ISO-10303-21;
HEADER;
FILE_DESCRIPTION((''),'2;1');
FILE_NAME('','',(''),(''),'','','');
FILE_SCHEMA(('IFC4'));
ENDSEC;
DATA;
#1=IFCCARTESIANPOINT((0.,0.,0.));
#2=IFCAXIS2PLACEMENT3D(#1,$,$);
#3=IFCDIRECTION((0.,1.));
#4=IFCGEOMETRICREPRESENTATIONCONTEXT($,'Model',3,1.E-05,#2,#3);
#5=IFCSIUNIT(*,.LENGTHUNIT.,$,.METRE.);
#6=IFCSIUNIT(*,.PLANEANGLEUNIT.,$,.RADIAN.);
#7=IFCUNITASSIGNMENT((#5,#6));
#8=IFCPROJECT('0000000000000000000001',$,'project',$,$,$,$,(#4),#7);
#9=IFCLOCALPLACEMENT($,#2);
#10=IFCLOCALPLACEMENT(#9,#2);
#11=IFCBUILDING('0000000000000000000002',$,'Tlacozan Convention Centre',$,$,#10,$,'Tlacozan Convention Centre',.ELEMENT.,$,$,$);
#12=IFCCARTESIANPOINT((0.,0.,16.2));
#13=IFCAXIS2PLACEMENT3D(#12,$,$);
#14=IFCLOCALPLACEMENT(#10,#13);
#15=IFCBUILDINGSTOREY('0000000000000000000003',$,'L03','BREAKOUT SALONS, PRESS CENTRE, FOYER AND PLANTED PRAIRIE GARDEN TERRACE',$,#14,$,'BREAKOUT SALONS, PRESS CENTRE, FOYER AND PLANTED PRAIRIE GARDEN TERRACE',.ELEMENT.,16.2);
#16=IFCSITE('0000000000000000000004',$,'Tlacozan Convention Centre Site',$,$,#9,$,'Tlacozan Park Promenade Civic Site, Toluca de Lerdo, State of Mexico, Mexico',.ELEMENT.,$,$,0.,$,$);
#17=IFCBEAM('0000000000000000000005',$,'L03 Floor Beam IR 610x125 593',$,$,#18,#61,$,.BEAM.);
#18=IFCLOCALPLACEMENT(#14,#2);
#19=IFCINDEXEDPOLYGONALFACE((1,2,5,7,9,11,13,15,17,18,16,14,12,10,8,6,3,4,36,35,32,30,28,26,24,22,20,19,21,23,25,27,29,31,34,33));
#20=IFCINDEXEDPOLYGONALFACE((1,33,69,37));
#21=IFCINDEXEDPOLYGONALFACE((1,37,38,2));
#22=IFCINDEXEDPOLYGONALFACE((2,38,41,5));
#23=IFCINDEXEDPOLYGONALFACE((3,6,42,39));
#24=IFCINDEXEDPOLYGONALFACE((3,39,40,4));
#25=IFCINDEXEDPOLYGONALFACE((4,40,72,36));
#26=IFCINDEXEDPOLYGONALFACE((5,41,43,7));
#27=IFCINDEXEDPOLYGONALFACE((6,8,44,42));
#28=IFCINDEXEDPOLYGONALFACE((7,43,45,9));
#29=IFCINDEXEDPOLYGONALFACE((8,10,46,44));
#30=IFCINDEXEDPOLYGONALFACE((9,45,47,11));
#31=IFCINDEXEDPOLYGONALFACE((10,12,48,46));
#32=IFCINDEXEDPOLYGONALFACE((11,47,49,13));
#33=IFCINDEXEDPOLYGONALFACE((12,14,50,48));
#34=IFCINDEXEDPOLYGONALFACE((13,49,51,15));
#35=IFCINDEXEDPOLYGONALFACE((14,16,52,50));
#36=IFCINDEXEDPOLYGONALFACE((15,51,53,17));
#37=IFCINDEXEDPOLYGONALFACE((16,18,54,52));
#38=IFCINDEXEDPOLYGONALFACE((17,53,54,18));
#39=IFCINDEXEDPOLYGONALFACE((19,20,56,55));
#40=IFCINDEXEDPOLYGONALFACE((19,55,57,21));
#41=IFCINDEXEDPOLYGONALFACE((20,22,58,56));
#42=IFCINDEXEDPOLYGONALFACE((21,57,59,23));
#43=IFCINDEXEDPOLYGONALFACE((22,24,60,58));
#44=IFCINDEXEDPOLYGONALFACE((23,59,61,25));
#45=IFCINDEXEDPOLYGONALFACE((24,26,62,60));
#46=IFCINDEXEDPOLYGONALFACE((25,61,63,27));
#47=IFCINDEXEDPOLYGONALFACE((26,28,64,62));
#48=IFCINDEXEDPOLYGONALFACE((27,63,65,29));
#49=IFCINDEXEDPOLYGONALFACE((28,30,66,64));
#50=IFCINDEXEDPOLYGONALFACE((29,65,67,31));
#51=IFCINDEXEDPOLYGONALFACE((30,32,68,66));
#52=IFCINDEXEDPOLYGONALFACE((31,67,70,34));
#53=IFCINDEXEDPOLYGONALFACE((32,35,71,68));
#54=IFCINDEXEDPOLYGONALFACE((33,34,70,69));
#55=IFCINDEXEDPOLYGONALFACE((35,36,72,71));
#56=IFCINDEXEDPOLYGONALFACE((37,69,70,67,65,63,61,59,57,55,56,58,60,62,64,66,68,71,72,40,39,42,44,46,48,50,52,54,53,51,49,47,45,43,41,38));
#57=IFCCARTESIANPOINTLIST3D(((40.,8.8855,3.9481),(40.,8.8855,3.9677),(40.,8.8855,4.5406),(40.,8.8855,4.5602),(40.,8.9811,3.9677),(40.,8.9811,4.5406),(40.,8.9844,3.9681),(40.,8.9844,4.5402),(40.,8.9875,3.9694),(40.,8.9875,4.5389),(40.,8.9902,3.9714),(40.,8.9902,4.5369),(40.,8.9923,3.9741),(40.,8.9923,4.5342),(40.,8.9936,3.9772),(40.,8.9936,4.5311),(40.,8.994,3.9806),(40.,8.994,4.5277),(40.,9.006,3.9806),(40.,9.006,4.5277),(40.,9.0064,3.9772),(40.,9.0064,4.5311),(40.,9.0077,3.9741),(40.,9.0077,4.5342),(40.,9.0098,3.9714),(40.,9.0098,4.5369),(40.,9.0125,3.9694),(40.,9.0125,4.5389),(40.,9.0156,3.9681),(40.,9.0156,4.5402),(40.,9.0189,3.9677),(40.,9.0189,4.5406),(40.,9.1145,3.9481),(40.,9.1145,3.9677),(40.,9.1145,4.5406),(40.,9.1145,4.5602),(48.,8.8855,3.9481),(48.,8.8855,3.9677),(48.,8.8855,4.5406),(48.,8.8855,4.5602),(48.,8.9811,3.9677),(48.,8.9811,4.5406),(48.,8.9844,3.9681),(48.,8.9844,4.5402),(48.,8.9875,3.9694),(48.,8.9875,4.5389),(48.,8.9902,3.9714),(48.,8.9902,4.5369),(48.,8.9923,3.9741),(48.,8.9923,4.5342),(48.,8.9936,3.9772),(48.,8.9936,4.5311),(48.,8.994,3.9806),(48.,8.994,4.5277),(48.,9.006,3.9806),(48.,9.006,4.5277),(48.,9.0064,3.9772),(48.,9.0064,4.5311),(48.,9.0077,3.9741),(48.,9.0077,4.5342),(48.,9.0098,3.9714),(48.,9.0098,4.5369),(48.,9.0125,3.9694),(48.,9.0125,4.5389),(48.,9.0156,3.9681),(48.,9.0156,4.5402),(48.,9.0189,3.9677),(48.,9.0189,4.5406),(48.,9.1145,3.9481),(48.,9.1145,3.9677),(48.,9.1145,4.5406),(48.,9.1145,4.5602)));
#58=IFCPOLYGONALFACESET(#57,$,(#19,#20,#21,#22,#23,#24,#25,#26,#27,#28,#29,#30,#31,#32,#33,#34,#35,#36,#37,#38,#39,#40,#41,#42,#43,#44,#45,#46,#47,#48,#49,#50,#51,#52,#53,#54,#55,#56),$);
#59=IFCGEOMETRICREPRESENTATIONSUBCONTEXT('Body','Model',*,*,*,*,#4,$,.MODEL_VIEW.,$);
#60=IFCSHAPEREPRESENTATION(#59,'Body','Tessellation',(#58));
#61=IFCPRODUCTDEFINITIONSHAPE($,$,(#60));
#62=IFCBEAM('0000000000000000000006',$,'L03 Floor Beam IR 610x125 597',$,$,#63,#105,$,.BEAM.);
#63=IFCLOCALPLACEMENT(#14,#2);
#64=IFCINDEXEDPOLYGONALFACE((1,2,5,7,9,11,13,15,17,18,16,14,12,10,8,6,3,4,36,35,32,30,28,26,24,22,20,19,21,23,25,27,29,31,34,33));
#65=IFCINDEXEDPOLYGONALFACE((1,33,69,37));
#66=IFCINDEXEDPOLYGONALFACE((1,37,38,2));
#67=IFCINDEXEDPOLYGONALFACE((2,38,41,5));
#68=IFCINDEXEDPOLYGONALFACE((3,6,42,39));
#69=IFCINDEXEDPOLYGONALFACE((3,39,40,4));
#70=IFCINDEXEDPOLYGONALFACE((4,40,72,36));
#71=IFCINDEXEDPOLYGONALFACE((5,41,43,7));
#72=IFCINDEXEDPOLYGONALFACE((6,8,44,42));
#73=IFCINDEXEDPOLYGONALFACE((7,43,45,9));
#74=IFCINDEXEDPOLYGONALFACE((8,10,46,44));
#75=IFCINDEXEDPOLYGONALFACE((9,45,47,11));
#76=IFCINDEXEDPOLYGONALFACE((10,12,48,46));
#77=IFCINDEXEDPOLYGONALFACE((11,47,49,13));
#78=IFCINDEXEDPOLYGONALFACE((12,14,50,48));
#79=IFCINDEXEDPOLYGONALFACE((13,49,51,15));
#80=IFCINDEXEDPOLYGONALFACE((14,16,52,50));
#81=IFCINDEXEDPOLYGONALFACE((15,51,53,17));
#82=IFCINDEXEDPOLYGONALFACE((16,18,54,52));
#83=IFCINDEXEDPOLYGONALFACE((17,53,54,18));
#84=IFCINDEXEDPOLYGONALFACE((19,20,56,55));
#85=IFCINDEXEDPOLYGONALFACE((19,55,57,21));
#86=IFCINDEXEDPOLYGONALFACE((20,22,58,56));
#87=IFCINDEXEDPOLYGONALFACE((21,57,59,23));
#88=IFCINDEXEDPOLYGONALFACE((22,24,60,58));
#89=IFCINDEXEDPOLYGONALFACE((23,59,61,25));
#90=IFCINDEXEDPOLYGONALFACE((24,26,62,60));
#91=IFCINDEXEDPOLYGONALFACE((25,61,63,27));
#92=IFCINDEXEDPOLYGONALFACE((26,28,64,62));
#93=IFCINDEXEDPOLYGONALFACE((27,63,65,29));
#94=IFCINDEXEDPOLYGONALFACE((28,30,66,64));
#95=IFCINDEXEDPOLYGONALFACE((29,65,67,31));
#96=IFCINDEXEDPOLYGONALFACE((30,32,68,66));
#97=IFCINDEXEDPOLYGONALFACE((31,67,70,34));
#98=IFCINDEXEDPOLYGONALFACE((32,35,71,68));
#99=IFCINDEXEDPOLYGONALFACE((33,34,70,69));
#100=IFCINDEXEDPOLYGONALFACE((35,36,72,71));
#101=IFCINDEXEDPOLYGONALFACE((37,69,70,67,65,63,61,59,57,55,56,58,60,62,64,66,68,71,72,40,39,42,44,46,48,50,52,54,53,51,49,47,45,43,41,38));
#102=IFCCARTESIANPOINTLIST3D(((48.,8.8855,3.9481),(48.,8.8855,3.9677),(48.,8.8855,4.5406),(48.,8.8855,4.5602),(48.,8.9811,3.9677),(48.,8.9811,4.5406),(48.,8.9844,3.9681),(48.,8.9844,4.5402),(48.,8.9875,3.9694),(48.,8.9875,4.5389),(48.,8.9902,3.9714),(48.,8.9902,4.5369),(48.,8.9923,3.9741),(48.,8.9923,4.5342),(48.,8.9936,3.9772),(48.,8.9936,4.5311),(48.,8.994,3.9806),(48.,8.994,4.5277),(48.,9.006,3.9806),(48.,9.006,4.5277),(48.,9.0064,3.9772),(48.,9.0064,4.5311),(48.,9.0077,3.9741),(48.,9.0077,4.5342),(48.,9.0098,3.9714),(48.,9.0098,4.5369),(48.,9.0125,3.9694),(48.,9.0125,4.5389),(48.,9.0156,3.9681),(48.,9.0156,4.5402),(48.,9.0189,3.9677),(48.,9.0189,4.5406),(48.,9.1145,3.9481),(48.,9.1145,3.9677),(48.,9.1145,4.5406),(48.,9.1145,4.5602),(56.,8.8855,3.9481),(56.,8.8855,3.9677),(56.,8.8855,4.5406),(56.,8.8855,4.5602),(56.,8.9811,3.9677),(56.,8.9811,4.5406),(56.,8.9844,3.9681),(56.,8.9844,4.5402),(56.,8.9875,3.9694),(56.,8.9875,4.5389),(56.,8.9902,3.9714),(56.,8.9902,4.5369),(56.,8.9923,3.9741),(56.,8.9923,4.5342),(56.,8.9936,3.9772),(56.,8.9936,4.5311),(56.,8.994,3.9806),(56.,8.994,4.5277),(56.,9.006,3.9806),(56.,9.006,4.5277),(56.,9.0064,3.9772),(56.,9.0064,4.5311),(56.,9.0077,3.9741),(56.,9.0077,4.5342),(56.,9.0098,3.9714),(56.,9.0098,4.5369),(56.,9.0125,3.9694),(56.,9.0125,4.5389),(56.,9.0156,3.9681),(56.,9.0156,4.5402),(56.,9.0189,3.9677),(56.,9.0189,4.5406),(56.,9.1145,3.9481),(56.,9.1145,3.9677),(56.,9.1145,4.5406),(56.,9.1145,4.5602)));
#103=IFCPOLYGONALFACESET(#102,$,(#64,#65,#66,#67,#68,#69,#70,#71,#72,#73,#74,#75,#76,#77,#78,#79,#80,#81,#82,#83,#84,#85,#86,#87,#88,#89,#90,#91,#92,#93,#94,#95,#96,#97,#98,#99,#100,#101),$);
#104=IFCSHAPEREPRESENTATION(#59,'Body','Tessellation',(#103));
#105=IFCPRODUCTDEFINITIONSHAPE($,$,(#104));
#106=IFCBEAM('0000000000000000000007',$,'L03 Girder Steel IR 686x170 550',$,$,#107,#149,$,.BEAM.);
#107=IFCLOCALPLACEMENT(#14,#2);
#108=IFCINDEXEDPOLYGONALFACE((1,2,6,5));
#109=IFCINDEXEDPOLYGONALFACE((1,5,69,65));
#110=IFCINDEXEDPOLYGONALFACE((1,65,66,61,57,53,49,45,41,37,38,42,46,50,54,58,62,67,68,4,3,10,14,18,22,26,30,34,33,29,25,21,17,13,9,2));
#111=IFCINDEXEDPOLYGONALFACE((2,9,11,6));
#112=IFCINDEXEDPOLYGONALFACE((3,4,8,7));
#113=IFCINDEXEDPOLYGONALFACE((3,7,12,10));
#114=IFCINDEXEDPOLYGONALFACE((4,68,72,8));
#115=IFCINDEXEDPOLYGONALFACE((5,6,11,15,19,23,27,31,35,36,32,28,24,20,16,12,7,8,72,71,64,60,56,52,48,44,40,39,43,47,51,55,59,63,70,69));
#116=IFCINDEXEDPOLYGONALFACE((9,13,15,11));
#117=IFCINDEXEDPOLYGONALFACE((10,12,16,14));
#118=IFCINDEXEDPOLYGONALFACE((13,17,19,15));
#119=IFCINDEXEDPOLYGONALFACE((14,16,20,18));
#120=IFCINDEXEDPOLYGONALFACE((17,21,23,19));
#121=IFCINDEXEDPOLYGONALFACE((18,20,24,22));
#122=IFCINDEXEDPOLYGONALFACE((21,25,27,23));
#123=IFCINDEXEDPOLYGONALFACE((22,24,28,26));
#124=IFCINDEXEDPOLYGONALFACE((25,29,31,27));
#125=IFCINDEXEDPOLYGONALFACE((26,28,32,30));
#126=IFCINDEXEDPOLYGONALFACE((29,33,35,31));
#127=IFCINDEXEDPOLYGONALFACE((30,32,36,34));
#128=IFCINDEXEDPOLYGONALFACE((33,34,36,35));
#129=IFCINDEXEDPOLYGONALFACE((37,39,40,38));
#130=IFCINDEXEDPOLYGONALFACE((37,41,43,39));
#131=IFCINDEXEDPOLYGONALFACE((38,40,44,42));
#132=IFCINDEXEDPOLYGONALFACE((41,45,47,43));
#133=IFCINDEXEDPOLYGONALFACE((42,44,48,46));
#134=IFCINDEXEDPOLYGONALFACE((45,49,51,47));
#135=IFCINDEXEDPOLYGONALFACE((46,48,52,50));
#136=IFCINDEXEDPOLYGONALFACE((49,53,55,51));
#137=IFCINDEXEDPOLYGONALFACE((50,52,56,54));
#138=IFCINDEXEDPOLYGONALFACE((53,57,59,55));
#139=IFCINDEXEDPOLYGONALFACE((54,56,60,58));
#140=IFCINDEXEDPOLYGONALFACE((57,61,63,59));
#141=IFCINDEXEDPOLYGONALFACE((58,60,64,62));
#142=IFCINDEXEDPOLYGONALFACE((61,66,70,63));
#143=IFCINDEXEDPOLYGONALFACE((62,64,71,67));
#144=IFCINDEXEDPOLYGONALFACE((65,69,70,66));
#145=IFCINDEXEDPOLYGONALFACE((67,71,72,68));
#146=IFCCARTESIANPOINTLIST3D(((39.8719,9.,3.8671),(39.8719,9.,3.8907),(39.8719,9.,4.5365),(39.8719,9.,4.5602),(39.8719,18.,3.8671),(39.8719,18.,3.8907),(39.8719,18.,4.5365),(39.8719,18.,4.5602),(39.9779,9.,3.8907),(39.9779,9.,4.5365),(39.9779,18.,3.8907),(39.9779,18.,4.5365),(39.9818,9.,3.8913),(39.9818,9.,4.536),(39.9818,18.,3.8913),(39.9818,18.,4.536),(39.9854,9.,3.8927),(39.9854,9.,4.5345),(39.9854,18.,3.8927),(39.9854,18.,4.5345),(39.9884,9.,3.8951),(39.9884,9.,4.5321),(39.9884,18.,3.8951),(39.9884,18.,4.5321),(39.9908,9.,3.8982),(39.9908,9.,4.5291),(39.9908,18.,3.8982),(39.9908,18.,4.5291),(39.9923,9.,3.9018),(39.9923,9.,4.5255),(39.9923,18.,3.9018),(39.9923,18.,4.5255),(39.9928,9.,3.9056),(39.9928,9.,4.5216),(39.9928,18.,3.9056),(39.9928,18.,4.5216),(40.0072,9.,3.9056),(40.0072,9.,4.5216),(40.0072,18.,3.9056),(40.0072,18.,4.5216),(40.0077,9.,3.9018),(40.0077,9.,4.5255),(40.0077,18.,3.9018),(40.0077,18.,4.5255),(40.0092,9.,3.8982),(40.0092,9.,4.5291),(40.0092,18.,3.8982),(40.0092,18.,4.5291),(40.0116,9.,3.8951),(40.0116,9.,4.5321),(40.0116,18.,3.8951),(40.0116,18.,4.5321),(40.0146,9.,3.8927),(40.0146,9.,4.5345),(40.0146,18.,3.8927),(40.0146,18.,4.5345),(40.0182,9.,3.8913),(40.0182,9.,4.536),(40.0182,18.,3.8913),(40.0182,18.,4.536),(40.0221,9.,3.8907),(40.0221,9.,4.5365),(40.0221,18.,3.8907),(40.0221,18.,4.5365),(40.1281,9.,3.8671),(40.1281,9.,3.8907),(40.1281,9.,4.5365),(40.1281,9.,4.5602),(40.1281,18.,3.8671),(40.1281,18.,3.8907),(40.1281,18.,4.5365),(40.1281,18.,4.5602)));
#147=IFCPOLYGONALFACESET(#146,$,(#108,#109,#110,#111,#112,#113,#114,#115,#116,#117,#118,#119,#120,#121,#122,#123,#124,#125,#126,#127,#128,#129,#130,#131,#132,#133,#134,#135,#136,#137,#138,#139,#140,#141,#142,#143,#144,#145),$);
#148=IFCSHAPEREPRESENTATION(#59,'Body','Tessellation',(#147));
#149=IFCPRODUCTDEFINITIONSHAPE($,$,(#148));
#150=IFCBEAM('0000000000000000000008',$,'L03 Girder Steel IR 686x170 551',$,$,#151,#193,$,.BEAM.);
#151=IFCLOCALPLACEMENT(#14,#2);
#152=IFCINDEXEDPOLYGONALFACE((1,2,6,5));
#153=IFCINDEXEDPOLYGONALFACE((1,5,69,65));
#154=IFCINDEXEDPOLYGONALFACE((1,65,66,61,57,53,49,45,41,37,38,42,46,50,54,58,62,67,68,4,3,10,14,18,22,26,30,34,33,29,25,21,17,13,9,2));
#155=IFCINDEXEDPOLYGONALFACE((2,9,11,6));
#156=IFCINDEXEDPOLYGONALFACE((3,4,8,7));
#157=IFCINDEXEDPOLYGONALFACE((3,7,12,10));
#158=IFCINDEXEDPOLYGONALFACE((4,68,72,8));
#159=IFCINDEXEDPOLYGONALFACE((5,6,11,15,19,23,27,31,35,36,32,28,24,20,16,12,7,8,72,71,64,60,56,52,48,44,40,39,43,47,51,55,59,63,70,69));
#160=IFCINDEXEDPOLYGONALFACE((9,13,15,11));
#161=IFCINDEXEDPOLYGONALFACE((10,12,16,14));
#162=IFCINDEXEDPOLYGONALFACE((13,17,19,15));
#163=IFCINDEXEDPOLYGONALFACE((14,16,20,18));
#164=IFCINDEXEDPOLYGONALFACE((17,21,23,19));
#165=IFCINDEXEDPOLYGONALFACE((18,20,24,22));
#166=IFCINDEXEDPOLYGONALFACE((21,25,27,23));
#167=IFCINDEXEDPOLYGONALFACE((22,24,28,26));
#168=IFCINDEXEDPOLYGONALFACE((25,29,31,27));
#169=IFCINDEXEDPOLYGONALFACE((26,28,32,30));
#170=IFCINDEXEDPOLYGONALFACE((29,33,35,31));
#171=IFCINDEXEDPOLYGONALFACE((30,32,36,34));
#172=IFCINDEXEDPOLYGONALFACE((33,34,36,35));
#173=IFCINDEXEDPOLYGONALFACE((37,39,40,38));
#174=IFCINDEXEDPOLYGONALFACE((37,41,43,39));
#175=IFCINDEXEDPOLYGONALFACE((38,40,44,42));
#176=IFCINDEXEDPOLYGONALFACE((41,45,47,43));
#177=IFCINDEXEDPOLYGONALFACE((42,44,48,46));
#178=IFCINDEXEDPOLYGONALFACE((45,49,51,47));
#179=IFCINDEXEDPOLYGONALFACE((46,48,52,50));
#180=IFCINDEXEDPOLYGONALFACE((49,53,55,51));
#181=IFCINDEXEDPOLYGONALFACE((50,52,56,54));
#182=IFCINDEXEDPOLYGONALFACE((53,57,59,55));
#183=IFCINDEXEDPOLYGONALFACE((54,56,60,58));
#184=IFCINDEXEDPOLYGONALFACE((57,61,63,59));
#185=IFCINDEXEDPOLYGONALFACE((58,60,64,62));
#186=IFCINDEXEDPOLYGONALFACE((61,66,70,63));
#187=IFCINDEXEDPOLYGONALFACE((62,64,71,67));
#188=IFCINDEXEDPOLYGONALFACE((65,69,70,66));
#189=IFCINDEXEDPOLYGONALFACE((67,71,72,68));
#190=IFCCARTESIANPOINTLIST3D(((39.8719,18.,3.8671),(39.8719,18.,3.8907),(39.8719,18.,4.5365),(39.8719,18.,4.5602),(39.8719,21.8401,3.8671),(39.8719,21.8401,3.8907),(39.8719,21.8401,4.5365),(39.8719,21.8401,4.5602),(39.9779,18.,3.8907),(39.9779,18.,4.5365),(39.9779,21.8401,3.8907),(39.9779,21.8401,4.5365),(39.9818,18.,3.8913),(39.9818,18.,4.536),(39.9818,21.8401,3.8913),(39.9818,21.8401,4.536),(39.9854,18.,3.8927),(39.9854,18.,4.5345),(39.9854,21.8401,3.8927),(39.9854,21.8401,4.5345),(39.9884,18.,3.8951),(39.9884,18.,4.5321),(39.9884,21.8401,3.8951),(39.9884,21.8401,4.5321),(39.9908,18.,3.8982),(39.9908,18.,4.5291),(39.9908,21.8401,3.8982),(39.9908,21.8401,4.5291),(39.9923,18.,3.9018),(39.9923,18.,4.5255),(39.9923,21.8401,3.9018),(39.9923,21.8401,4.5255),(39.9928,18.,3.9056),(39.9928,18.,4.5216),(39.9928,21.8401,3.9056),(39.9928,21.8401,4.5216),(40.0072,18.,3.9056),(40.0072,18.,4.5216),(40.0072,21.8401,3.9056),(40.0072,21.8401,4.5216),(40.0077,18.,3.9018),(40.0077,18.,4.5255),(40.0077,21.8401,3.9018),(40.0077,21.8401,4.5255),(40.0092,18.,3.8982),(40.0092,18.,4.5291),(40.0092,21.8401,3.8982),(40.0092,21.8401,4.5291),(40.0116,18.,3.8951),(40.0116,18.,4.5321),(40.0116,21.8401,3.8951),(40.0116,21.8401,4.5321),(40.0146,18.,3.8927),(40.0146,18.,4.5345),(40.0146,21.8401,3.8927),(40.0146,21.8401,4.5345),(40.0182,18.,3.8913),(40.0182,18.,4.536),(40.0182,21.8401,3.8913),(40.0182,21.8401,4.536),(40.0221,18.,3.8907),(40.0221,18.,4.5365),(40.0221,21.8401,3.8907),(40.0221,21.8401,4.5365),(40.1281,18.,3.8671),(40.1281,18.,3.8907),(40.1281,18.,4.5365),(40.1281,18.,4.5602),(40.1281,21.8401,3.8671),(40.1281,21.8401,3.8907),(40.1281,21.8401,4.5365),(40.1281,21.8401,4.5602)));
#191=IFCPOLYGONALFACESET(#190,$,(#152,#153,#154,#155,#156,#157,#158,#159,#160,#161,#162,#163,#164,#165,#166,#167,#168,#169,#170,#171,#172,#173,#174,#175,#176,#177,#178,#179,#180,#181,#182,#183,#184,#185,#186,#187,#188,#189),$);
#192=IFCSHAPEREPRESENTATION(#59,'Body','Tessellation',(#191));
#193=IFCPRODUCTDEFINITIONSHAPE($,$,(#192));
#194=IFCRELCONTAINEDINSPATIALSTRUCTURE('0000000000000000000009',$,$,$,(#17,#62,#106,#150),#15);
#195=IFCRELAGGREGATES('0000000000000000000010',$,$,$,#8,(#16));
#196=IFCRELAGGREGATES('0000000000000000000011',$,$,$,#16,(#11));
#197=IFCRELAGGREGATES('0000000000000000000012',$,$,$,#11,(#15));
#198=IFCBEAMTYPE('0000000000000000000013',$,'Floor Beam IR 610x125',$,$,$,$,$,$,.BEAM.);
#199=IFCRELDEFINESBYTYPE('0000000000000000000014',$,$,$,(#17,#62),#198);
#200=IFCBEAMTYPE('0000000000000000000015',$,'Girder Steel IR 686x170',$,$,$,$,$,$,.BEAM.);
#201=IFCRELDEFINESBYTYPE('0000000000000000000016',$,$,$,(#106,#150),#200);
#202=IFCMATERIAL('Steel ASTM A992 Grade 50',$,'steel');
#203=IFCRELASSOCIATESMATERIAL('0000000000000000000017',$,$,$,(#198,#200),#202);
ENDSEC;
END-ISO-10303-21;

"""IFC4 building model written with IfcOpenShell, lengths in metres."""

from ifc_helpers import new_model, si_unit, direction, frame, origin, origin_2d, place, context, subcontext, project, spatial, i_section, extrude, material, material_profile, profile_set, type_object, element, save


model = new_model("IFC4")

# Units and contexts
model_context = context("Model", 3, precision=1e-05, world=origin(), true_north=direction((0.0, 1.0)))
body_context = subcontext(model_context, "Body", "Model", "MODEL_VIEW")
ifc_project = project(units=[si_unit("LENGTHUNIT", "METRE"), si_unit("PLANEANGLEUNIT", "RADIAN")], contexts=[model_context])

# Site, building, storey
site_placement = place(None, origin())
site = spatial("IfcSite", under=ifc_project, at=site_placement, Name="Tlacozan Convention Centre Site", LongName="Tlacozan Park Promenade Civic Site, Toluca de Lerdo, State of Mexico, Mexico", CompositionType="ELEMENT", RefElevation=0.0)
building_placement = place(site_placement, origin())
building = spatial("IfcBuilding", under=site, at=building_placement, Name="Tlacozan Convention Centre", LongName="Tlacozan Convention Centre", CompositionType="ELEMENT")
storey_placement = place(building_placement, frame((0.0, 0.0, 16.2)))
storey = spatial("IfcBuildingStorey", under=building, at=storey_placement, Name="L03", Description="BREAKOUT SALONS, PRESS CENTRE, FOYER AND PLANTED PRAIRIE GARDEN TERRACE", LongName="BREAKOUT SALONS, PRESS CENTRE, FOYER AND PLANTED PRAIRIE GARDEN TERRACE", CompositionType="ELEMENT", Elevation=16.2)

# Beams
ifc_material_1 = material(Name="Steel ASTM A992 Grade 50", Category="steel")
ifc_material_profile_1 = material_profile(ifc_material_1, i_section(OverallWidth=0.229, OverallDepth=0.6121, WebThickness=0.012, FlangeThickness=0.0195, FilletRadius=0.0129, at=origin_2d()), Name="IR 610x125.0")
ifc_profile_set_1 = profile_set([ifc_material_profile_1], Name="Steel ASTM A992 Grade 50")
beam_type_1 = type_object("IfcBeamType", Name="Floor Beam IR 610x125", PredefinedType="BEAM", material=ifc_profile_set_1)
for number, where, z_axis, x_axis, name in (
    (1, (40.0, 9.0, 4.2542), (1.0, 0.0, 0.0), (0.0, 1.0, 0.0), "L03 Floor Beam IR 610x125 593"),
    (2, (48.0, 9.0, 4.2542), (1.0, 0.0, 0.0), (0.0, 1.0, 0.0), "L03 Floor Beam IR 610x125 597"),
):
    element("IfcBeam", number, at=place(storey_placement, frame(where, z_axis=z_axis, x_axis=x_axis)), inside=storey, type_object=beam_type_1, Name=name, PredefinedType="BEAM", context=body_context, shape_type="SweptSolid", body=[
        extrude(i_section(OverallWidth=0.229, OverallDepth=0.6121, WebThickness=0.012, FlangeThickness=0.0195, FilletRadius=0.0129, at=origin_2d()), origin(), (0.0, 0.0, 1.0), 8.0),
    ])
ifc_material_profile_2 = material_profile(ifc_material_1, i_section(OverallWidth=0.2561, OverallDepth=0.6931, WebThickness=0.0144, FlangeThickness=0.0237, FilletRadius=0.0149, at=origin_2d()), Name="IR 686x170.0")
ifc_profile_set_2 = profile_set([ifc_material_profile_2], Name="Steel ASTM A992 Grade 50")
beam_type_2 = type_object("IfcBeamType", Name="Girder Steel IR 686x170", PredefinedType="BEAM", material=ifc_profile_set_2)
beam_1_placement = place(storey_placement, frame((40.0, 9.0, 4.2136), z_axis=(0.0, 1.0, 0.0), x_axis=(-1.0, 0.0, 0.0)))
element("IfcBeam", 3, at=beam_1_placement, inside=storey, type_object=beam_type_2, Name="L03 Girder Steel IR 686x170 550", PredefinedType="BEAM", context=body_context, shape_type="SweptSolid", body=[
    extrude(i_section(OverallWidth=0.2561, OverallDepth=0.6931, WebThickness=0.0144, FlangeThickness=0.0237, FilletRadius=0.0149, at=origin_2d()), origin(), (0.0, 0.0, 1.0), 9.0),
])
beam_2_placement = place(storey_placement, frame((40.0, 18.0, 4.2136), z_axis=(0.0, 1.0, 0.0), x_axis=(-1.0, 0.0, 0.0)))
element("IfcBeam", 4, at=beam_2_placement, inside=storey, type_object=beam_type_2, Name="L03 Girder Steel IR 686x170 551", PredefinedType="BEAM", context=body_context, shape_type="SweptSolid", body=[
    extrude(i_section(OverallWidth=0.2561, OverallDepth=0.6931, WebThickness=0.0144, FlangeThickness=0.0237, FilletRadius=0.0149, at=origin_2d()), origin(), (0.0, 0.0, 1.0), 3.8401),
])

save(model, "model.ifc")
